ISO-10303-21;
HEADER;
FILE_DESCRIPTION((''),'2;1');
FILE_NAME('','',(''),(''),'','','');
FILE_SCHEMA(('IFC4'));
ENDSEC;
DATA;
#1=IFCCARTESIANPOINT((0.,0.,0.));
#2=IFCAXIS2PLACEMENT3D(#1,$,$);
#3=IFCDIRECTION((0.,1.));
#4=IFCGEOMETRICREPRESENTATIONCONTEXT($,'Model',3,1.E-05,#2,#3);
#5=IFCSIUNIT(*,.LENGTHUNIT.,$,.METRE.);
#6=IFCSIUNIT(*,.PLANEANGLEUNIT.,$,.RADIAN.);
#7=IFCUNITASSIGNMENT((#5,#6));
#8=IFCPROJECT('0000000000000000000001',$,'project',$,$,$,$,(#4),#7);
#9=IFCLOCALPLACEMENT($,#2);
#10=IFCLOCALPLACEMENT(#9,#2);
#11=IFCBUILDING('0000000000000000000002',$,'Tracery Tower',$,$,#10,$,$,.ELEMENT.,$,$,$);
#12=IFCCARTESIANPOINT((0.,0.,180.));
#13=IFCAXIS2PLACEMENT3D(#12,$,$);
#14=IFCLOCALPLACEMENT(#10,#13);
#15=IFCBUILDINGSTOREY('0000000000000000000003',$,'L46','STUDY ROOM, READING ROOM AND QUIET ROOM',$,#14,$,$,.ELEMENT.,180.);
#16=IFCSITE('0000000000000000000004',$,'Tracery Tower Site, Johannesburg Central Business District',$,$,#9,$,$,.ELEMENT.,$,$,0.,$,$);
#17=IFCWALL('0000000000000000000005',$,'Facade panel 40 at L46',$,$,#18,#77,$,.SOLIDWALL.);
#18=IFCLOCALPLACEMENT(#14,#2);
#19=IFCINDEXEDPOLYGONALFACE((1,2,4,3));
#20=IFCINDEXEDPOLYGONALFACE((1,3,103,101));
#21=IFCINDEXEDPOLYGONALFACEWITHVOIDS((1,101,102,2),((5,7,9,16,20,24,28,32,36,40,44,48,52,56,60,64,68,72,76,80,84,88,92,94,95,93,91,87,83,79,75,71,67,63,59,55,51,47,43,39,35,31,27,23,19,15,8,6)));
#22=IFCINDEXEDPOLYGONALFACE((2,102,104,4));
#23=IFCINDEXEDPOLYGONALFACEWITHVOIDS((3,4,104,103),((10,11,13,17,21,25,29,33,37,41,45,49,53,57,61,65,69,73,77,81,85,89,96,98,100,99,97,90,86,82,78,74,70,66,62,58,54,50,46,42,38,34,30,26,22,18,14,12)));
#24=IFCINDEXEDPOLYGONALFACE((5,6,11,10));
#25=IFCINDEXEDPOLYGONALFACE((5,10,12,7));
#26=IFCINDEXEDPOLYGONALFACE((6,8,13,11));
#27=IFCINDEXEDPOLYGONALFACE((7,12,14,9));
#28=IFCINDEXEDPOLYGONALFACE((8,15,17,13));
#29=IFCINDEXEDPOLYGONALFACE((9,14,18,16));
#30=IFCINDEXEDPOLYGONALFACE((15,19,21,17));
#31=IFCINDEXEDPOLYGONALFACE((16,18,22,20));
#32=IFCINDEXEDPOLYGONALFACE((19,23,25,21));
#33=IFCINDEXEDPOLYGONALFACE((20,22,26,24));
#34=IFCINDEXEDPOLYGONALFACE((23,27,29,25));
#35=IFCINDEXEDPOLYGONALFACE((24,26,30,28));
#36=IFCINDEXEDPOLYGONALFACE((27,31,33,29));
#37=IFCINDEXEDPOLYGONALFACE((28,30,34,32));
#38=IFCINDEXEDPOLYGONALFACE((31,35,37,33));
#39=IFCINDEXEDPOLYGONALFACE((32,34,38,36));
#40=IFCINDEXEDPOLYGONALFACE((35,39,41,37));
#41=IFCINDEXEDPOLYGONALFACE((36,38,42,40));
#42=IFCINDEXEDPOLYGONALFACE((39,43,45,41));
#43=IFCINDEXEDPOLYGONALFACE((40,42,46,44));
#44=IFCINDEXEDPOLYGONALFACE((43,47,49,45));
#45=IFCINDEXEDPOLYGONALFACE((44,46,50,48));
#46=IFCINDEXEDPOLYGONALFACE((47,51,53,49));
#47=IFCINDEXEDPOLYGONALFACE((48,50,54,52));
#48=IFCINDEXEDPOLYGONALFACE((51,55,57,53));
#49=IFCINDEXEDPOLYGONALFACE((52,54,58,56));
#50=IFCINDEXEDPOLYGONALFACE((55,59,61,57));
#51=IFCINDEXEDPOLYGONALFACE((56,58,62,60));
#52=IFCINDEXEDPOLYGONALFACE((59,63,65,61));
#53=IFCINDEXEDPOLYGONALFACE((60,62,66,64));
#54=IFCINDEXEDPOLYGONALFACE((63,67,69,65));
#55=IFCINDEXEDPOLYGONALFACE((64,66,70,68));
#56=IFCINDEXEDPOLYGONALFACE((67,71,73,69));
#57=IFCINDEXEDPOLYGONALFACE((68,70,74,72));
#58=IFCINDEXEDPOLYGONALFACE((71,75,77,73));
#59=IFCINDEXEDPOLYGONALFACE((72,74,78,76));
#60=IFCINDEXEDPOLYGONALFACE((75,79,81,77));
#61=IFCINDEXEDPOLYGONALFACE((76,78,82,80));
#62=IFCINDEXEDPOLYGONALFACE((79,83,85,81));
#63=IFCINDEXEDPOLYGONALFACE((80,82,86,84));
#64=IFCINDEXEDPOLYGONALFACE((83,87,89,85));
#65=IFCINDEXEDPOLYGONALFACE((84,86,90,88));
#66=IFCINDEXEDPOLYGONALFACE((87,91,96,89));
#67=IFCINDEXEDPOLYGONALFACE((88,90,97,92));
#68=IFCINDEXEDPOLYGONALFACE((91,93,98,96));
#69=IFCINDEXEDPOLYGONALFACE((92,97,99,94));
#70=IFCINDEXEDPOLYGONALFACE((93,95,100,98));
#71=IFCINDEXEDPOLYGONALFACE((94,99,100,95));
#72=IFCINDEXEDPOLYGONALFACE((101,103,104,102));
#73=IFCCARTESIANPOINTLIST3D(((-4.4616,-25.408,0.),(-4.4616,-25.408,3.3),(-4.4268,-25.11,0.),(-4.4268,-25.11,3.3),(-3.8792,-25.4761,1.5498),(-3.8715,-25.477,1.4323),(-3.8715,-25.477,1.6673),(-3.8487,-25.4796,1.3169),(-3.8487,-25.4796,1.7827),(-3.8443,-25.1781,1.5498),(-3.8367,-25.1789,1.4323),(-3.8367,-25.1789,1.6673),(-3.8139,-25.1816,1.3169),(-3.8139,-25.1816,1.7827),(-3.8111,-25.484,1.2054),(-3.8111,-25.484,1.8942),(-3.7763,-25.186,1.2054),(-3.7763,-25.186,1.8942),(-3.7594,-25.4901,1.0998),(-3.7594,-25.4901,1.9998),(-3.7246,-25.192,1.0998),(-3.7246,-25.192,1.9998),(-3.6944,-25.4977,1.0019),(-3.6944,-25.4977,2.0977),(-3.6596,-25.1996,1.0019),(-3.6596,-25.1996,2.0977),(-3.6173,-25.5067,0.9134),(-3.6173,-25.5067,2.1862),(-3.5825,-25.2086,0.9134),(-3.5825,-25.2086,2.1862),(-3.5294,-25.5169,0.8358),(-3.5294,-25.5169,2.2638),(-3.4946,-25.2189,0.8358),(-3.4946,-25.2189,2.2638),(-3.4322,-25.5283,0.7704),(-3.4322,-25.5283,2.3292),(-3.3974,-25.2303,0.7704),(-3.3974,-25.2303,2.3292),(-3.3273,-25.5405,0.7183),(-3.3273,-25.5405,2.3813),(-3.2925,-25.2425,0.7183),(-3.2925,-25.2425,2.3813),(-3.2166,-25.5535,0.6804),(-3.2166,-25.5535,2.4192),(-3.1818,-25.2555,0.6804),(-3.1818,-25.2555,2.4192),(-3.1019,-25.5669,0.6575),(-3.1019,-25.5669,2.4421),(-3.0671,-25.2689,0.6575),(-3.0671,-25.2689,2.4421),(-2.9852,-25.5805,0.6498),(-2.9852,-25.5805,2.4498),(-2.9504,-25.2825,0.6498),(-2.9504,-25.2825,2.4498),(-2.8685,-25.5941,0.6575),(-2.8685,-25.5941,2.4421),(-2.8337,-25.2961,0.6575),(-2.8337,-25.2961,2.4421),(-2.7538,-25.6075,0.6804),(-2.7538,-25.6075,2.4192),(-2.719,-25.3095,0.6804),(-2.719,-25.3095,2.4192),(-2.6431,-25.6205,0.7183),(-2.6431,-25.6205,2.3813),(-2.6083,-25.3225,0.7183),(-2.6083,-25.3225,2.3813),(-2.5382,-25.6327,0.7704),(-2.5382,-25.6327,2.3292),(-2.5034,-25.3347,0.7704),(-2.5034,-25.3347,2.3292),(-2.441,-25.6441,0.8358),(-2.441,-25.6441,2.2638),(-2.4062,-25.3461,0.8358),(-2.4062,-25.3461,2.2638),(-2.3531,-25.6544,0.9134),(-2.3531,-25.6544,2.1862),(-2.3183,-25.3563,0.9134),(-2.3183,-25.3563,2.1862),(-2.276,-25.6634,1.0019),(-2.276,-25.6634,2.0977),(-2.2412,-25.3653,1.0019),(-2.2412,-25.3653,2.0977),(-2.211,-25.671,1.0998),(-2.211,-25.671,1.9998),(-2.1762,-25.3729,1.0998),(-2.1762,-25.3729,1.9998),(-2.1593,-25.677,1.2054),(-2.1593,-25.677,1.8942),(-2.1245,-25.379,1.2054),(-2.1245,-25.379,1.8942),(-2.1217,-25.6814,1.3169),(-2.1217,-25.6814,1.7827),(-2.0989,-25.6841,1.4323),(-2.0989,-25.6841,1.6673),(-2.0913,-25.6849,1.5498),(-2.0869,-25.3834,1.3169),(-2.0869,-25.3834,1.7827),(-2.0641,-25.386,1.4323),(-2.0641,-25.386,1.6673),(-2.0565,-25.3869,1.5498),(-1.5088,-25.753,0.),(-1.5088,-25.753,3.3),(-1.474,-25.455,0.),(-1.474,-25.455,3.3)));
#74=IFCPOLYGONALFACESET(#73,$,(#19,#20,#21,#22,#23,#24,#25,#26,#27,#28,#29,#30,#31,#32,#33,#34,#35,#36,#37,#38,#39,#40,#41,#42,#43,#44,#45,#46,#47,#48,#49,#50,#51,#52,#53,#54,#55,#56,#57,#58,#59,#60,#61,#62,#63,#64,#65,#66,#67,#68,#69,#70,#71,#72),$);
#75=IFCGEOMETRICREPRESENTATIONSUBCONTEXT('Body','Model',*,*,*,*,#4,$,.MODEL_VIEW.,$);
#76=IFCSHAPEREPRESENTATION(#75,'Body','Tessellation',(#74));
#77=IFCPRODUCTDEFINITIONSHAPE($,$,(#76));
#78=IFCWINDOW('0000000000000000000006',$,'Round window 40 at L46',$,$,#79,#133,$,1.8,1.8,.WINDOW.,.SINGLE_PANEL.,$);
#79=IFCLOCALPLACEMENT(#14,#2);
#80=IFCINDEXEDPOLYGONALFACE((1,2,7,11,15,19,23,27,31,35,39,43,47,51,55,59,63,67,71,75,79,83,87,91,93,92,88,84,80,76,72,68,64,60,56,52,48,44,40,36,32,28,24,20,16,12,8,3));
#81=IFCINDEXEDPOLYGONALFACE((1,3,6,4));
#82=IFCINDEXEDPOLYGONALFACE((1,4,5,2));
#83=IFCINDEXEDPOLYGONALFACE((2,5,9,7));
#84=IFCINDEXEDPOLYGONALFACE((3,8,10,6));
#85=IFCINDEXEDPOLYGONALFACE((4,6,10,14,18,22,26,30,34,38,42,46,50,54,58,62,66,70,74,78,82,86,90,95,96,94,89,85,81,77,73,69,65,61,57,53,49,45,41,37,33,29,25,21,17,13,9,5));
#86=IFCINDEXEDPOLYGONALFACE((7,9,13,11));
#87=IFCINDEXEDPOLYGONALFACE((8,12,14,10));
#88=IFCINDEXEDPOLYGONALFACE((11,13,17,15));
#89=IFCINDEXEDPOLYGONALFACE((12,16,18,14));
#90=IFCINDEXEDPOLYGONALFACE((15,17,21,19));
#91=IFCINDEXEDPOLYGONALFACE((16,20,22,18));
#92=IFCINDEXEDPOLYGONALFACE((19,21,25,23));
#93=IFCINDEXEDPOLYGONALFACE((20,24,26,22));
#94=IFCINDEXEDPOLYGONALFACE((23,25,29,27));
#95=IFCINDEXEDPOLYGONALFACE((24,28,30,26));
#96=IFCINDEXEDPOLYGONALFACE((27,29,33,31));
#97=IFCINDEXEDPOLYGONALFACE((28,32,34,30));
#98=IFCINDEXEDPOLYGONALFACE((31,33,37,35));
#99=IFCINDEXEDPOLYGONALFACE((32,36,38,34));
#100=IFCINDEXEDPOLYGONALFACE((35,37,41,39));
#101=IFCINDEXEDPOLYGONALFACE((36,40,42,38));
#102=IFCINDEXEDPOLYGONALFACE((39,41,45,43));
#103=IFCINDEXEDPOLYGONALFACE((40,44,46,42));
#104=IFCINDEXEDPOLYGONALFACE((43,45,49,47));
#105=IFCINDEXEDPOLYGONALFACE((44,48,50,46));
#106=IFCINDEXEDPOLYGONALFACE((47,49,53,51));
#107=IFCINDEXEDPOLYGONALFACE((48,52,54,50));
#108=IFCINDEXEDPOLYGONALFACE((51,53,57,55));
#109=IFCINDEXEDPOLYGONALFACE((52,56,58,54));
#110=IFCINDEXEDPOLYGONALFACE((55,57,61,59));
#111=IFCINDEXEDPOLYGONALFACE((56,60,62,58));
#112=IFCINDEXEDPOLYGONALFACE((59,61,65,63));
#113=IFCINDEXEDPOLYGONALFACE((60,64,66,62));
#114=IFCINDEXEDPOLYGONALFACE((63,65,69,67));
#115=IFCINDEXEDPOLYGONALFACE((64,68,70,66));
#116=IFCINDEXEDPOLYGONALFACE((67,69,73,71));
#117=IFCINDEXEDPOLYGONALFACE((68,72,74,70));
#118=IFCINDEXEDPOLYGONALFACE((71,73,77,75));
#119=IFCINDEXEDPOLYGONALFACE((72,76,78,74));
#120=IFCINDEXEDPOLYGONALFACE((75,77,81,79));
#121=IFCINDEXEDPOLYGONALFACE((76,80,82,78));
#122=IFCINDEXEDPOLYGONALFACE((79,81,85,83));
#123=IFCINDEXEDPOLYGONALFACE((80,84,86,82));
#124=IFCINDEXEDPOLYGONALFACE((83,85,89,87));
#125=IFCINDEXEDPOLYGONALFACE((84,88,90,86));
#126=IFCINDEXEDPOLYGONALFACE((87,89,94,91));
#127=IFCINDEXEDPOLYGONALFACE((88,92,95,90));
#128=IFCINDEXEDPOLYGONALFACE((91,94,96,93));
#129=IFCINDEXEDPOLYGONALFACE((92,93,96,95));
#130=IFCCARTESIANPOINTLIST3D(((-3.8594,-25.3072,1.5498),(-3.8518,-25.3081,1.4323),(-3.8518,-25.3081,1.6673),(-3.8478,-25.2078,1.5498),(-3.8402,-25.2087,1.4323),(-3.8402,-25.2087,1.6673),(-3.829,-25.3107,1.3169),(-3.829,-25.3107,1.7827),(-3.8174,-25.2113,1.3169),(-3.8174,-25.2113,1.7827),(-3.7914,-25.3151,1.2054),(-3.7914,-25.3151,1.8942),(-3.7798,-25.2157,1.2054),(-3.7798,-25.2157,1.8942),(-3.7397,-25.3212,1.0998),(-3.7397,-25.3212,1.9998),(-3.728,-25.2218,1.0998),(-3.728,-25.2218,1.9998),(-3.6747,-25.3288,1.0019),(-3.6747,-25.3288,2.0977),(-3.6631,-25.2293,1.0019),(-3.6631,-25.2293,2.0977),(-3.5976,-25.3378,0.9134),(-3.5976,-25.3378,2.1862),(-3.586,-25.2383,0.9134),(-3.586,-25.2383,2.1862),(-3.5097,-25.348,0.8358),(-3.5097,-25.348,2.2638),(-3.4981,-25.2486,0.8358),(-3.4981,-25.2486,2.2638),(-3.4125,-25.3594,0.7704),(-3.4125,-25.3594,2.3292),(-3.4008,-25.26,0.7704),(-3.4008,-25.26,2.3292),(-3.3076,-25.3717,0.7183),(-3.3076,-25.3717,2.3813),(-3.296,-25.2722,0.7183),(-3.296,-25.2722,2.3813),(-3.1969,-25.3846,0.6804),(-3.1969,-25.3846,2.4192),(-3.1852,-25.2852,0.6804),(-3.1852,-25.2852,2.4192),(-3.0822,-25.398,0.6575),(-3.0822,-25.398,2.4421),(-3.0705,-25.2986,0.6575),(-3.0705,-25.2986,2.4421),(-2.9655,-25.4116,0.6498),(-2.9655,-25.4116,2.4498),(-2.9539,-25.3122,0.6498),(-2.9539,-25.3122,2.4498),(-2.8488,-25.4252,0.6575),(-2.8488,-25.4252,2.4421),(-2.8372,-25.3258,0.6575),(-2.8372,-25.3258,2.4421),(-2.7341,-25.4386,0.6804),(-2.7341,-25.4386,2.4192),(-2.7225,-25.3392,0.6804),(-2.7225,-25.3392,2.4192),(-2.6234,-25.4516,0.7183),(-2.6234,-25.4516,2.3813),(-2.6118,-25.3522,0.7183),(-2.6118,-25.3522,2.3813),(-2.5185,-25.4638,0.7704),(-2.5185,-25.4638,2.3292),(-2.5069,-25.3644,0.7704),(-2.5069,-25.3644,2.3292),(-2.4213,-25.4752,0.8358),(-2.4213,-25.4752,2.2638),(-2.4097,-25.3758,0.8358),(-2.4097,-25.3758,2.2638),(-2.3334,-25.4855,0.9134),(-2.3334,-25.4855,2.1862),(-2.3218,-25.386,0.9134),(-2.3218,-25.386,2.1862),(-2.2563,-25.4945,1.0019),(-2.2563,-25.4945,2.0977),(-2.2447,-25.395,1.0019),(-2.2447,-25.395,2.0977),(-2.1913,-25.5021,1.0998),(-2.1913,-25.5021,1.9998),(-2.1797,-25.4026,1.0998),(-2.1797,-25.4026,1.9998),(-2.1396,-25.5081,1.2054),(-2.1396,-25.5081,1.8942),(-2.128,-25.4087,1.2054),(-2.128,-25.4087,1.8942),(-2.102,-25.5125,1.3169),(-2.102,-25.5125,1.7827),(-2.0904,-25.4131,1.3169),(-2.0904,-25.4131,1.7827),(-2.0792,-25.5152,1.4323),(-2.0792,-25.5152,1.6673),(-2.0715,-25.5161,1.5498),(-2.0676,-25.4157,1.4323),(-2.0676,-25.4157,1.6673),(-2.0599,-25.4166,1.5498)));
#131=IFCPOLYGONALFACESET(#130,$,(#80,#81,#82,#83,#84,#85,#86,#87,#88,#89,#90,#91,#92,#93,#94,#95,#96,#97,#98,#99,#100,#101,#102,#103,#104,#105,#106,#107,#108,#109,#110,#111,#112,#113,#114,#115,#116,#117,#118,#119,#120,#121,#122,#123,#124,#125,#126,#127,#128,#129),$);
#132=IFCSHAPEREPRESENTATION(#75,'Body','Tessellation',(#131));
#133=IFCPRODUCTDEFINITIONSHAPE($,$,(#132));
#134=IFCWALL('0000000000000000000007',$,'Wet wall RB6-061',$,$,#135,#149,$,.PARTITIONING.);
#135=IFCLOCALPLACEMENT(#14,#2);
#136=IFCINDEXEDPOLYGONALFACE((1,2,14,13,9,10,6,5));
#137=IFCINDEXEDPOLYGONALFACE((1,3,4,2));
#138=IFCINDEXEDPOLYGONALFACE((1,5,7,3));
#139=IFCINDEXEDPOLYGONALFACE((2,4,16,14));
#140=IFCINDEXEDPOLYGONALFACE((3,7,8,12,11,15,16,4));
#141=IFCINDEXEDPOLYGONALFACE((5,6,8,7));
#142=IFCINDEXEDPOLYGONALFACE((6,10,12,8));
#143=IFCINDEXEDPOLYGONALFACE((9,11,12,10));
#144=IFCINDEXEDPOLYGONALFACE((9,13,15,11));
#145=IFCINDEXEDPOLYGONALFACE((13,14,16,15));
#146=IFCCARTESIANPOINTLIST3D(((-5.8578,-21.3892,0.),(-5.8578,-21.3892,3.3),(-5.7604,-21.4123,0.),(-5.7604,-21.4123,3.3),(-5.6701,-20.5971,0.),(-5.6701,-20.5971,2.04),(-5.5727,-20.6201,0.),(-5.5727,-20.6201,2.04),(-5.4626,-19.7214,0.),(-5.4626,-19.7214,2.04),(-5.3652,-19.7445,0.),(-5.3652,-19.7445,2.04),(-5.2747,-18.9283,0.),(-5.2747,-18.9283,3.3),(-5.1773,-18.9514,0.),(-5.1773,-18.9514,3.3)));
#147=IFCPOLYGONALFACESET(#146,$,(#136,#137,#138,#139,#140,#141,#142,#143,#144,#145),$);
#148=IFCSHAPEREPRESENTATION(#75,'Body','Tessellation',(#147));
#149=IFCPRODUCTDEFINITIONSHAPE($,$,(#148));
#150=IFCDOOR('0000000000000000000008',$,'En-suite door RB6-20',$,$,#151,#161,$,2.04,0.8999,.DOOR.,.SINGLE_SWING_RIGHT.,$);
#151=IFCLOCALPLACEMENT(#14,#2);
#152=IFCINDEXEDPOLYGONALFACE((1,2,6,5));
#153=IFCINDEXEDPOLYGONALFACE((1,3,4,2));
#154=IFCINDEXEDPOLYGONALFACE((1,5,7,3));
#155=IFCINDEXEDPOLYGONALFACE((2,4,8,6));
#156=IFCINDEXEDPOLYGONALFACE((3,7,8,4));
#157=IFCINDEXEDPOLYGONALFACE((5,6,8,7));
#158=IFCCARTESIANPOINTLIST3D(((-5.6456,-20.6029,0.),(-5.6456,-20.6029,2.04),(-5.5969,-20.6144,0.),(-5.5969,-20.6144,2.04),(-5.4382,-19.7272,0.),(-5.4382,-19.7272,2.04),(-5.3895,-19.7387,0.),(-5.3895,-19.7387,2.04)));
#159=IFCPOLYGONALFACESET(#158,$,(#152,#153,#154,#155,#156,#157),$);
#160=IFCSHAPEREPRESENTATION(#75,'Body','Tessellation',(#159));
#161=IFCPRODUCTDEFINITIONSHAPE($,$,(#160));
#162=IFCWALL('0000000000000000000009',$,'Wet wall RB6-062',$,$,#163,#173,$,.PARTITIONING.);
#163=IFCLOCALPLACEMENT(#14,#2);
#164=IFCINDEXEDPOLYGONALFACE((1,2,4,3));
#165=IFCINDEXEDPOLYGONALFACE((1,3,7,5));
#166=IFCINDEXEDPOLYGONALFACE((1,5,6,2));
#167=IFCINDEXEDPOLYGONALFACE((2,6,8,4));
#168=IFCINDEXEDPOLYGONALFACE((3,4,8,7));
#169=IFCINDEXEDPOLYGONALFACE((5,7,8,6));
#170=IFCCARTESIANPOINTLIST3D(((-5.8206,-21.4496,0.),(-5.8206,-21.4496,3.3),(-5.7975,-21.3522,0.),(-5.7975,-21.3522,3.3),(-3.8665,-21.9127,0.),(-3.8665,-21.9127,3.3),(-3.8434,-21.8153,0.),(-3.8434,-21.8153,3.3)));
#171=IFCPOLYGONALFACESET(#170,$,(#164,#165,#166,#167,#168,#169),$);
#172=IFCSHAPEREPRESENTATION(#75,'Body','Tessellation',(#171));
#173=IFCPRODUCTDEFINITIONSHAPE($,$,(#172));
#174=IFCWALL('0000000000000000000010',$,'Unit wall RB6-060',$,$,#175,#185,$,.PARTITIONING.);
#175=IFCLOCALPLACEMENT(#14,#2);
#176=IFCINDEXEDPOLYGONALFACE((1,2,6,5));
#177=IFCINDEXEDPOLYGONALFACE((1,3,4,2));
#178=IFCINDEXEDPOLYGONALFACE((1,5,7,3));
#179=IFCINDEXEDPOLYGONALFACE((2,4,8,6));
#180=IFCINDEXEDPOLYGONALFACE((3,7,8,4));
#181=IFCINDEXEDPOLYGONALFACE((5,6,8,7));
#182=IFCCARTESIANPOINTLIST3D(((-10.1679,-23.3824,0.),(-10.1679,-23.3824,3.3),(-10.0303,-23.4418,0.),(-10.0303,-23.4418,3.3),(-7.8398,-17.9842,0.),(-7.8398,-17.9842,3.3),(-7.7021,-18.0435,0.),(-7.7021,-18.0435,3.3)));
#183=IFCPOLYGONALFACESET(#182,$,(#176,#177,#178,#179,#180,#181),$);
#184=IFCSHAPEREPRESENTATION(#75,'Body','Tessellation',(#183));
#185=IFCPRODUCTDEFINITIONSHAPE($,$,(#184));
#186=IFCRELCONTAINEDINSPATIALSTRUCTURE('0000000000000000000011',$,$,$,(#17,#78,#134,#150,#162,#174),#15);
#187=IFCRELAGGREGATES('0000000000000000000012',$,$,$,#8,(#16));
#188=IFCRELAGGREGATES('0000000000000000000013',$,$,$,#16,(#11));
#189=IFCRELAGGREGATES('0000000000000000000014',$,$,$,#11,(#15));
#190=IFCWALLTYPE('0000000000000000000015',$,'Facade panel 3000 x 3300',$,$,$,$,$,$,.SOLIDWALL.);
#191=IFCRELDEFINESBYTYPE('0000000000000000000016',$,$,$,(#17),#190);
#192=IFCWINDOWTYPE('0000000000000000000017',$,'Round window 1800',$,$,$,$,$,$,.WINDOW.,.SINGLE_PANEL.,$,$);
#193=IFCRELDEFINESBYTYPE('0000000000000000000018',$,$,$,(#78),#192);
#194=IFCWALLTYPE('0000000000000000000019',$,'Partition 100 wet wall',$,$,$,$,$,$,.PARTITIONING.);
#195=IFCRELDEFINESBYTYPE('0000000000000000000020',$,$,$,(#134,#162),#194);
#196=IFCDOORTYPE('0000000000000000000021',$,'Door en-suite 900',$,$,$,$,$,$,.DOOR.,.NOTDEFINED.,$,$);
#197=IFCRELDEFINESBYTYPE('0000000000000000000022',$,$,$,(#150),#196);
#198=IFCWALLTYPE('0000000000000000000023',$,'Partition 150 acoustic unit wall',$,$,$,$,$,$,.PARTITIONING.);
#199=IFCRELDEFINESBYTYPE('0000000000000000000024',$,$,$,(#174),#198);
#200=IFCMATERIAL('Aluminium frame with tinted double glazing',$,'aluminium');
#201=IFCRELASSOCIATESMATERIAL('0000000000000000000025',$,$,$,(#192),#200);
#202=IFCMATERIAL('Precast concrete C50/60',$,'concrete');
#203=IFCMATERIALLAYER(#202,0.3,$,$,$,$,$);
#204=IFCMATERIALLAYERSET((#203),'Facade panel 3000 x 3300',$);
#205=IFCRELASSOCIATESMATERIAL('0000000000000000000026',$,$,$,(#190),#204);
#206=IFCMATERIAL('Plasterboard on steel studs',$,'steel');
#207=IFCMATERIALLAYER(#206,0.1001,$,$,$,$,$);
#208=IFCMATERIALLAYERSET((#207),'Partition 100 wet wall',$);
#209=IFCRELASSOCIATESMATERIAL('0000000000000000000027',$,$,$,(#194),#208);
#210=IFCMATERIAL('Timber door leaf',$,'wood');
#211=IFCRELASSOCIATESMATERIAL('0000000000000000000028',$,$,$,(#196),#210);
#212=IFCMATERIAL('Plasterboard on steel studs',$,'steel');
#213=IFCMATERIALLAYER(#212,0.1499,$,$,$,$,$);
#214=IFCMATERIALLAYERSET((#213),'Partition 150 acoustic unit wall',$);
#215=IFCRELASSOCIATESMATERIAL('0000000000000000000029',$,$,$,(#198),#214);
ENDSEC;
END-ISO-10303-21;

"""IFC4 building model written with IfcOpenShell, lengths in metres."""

from ifc_helpers import new_model, si_unit, direction, frame, frame_2d, origin, origin_2d, place, context, subcontext, project, spatial, rectangle, circle, extrude, material, layer, layer_set, type_object, element, fill, save


model = new_model("IFC4")

# Units and contexts
model_context = context("Model", 3, precision=1e-05, world=origin(), true_north=direction((0.0, 1.0)))
body_context = subcontext(model_context, "Body", "Model", "MODEL_VIEW")
ifc_project = project(units=[si_unit("LENGTHUNIT", "METRE"), si_unit("PLANEANGLEUNIT", "RADIAN")], contexts=[model_context])

# Site, building, storey
site_placement = place(None, origin())
site = spatial("IfcSite", under=ifc_project, at=site_placement, Name="Tracery Tower Site, Johannesburg Central Business District", CompositionType="ELEMENT", RefElevation=0.0)
building_placement = place(site_placement, origin())
building = spatial("IfcBuilding", under=site, at=building_placement, Name="Tracery Tower", CompositionType="ELEMENT")
storey_placement = place(building_placement, frame((0.0, 0.0, 180.0)))
storey = spatial("IfcBuildingStorey", under=building, at=storey_placement, Name="L46", Description="STUDY ROOM, READING ROOM AND QUIET ROOM", CompositionType="ELEMENT", Elevation=180.0)

# Wall, opening, window
ifc_material_1 = material(Name="Aluminium frame with tinted double glazing", Category="aluminium")
window_type = type_object("IfcWindowType", Name="Round window 1800", PartitioningType="SINGLE_PANEL", PredefinedType="WINDOW", material=ifc_material_1)
ifc_material_2 = material(Name="Precast concrete C50/60", Category="concrete")
ifc_layer_1 = layer(ifc_material_2, 0.3)
ifc_layer_set_1 = layer_set([ifc_layer_1], Name="Facade panel 3000 x 3300")
wall_type_1 = type_object("IfcWallType", Name="Facade panel 3000 x 3300", PredefinedType="SOLIDWALL", material=ifc_layer_set_1)
wall_1_placement = place(storey_placement, frame((-4.4441, -25.259, 0.0), z_axis=(0.0, 0.0, 1.0), x_axis=(0.993245, -0.116036, 0.0)))
wall_1 = element("IfcWall", 1, at=wall_1_placement, inside=storey, type_object=wall_type_1, Name="Facade panel 40 at L46", PredefinedType="SOLIDWALL", context=body_context, shape_type="SweptSolid", body=[
    extrude(rectangle(XDim=2.9729, YDim=0.3, at=frame_2d((1.4863, 0.0))), origin(), (0.0, 0.0, 1.0), 3.3),
])
opening_1_placement = place(wall_1_placement, frame((1.4863, 0.0, 1.5498)))
opening_1 = element("IfcOpeningElement", 2, at=opening_1_placement, cuts=wall_1, PredefinedType="OPENING", context=body_context, shape_type="SweptSolid", body=[
    extrude(circle(Radius=0.9, at=origin_2d()), frame((0.0, 0.1599, 0.0), z_axis=(0.0, -1.0, 0.0), x_axis=(1.0, 0.0, 0.0)), (0.0, 0.0, 1.0), 0.3201),
])
window_1_placement = place(opening_1_placement, origin())
window_1 = element("IfcWindow", 3, at=window_1_placement, inside=storey, type_object=window_type, Name="Round window 40 at L46", OverallHeight=1.8, OverallWidth=1.8, PartitioningType="SINGLE_PANEL", PredefinedType="WINDOW", context=body_context, shape_type="SweptSolid", body=[
    extrude(circle(Radius=0.9, at=origin_2d()), frame((0.0, 0.1201, 0.0), z_axis=(0.0, -1.0, 0.0), x_axis=(1.0, 0.0, 0.0)), (0.0, 0.0, 1.0), 0.1001),
])
fill(opening_1, window_1)

# Wall, opening, door
ifc_material_3 = material(Name="Plasterboard on steel studs", Category="steel")
ifc_layer_2 = layer(ifc_material_3, 0.1001)
ifc_layer_set_2 = layer_set([ifc_layer_2], Name="Partition 100 wet wall")
wall_type_2 = type_object("IfcWallType", Name="Partition 100 wet wall", PredefinedType="PARTITIONING", material=ifc_layer_set_2)
wall_2_placement = place(storey_placement, frame((-5.8091, -21.4009, 0.0), z_axis=(0.0, 0.0, 1.0), x_axis=(0.230524, 0.973067, 0.0)))
wall_2 = element("IfcWall", 4, at=wall_2_placement, inside=storey, type_object=wall_type_2, Name="Wet wall RB6-061", PredefinedType="PARTITIONING", context=body_context, shape_type="SweptSolid", body=[
    extrude(rectangle(XDim=2.5291, YDim=0.1001, at=frame_2d((1.2646, 0.0))), origin(), (0.0, 0.0, 1.0), 3.3),
])
opening_2_placement = place(wall_2_placement, frame((0.8142, 0.0, 0.0)))
opening_2 = element("IfcOpeningElement", 5, at=opening_2_placement, cuts=wall_2, PredefinedType="OPENING", context=body_context, shape_type="SweptSolid", body=[
    extrude(rectangle(XDim=0.8999, YDim=2.04, at=frame_2d((0.45, 1.02))), frame((0.0, 0.05, 0.0), z_axis=(0.0, -1.0, 0.0), x_axis=(1.0, 0.0, 0.0)), (0.0, 0.0, 1.0), 0.1001),
])
ifc_material_4 = material(Name="Timber door leaf", Category="wood")
door_type_1 = type_object("IfcDoorType", Name="Door en-suite 900", OperationType="NOTDEFINED", PredefinedType="DOOR", material=ifc_material_4)
door_1_placement = place(opening_2_placement, origin())
door_1 = element("IfcDoor", 6, at=door_1_placement, inside=storey, type_object=door_type_1, Name="En-suite door RB6-20", OperationType="SINGLE_SWING_RIGHT", OverallHeight=2.04, OverallWidth=0.8999, PredefinedType="DOOR", context=body_context, shape_type="SweptSolid", body=[
    extrude(rectangle(XDim=0.8999, YDim=2.04, at=frame_2d((0.45, 1.02))), frame((0.0, 0.0249, 0.0), z_axis=(0.0, -1.0, 0.0), x_axis=(1.0, 0.0, 0.0)), (0.0, 0.0, 1.0), 0.05),
])
fill(opening_2, door_1)

# Walls
wall_3_placement = place(storey_placement, frame((-5.8091, -21.4009, 0.0), z_axis=(0.0, 0.0, 1.0), x_axis=(0.973044, -0.230618, 0.0)))
element("IfcWall", 7, at=wall_3_placement, inside=storey, type_object=wall_type_2, Name="Wet wall RB6-062", PredefinedType="PARTITIONING", context=body_context, shape_type="SweptSolid", body=[
    extrude(rectangle(XDim=2.0083, YDim=0.1001, at=frame_2d((1.0042, 0.0))), origin(), (0.0, 0.0, 1.0), 3.3),
])
ifc_material_5 = material(Name="Plasterboard on steel studs", Category="steel")
ifc_layer_3 = layer(ifc_material_5, 0.1499)
ifc_layer_set_3 = layer_set([ifc_layer_3], Name="Partition 150 acoustic unit wall")
wall_type_3 = type_object("IfcWallType", Name="Partition 150 acoustic unit wall", PredefinedType="PARTITIONING", material=ifc_layer_set_3)
wall_4_placement = place(storey_placement, frame((-10.0991, -23.4121, 0.0), z_axis=(0.0, 0.0, 1.0), x_axis=(0.396018, 0.918243, 0.0)))
element("IfcWall", 8, at=wall_4_placement, inside=storey, type_object=wall_type_3, Name="Unit wall RB6-060", PredefinedType="PARTITIONING", context=body_context, shape_type="SweptSolid", body=[
    extrude(rectangle(XDim=5.8789, YDim=0.1499, at=frame_2d((2.9395, 0.0))), origin(), (0.0, 0.0, 1.0), 3.3),
])

save(model, "model.ifc")
